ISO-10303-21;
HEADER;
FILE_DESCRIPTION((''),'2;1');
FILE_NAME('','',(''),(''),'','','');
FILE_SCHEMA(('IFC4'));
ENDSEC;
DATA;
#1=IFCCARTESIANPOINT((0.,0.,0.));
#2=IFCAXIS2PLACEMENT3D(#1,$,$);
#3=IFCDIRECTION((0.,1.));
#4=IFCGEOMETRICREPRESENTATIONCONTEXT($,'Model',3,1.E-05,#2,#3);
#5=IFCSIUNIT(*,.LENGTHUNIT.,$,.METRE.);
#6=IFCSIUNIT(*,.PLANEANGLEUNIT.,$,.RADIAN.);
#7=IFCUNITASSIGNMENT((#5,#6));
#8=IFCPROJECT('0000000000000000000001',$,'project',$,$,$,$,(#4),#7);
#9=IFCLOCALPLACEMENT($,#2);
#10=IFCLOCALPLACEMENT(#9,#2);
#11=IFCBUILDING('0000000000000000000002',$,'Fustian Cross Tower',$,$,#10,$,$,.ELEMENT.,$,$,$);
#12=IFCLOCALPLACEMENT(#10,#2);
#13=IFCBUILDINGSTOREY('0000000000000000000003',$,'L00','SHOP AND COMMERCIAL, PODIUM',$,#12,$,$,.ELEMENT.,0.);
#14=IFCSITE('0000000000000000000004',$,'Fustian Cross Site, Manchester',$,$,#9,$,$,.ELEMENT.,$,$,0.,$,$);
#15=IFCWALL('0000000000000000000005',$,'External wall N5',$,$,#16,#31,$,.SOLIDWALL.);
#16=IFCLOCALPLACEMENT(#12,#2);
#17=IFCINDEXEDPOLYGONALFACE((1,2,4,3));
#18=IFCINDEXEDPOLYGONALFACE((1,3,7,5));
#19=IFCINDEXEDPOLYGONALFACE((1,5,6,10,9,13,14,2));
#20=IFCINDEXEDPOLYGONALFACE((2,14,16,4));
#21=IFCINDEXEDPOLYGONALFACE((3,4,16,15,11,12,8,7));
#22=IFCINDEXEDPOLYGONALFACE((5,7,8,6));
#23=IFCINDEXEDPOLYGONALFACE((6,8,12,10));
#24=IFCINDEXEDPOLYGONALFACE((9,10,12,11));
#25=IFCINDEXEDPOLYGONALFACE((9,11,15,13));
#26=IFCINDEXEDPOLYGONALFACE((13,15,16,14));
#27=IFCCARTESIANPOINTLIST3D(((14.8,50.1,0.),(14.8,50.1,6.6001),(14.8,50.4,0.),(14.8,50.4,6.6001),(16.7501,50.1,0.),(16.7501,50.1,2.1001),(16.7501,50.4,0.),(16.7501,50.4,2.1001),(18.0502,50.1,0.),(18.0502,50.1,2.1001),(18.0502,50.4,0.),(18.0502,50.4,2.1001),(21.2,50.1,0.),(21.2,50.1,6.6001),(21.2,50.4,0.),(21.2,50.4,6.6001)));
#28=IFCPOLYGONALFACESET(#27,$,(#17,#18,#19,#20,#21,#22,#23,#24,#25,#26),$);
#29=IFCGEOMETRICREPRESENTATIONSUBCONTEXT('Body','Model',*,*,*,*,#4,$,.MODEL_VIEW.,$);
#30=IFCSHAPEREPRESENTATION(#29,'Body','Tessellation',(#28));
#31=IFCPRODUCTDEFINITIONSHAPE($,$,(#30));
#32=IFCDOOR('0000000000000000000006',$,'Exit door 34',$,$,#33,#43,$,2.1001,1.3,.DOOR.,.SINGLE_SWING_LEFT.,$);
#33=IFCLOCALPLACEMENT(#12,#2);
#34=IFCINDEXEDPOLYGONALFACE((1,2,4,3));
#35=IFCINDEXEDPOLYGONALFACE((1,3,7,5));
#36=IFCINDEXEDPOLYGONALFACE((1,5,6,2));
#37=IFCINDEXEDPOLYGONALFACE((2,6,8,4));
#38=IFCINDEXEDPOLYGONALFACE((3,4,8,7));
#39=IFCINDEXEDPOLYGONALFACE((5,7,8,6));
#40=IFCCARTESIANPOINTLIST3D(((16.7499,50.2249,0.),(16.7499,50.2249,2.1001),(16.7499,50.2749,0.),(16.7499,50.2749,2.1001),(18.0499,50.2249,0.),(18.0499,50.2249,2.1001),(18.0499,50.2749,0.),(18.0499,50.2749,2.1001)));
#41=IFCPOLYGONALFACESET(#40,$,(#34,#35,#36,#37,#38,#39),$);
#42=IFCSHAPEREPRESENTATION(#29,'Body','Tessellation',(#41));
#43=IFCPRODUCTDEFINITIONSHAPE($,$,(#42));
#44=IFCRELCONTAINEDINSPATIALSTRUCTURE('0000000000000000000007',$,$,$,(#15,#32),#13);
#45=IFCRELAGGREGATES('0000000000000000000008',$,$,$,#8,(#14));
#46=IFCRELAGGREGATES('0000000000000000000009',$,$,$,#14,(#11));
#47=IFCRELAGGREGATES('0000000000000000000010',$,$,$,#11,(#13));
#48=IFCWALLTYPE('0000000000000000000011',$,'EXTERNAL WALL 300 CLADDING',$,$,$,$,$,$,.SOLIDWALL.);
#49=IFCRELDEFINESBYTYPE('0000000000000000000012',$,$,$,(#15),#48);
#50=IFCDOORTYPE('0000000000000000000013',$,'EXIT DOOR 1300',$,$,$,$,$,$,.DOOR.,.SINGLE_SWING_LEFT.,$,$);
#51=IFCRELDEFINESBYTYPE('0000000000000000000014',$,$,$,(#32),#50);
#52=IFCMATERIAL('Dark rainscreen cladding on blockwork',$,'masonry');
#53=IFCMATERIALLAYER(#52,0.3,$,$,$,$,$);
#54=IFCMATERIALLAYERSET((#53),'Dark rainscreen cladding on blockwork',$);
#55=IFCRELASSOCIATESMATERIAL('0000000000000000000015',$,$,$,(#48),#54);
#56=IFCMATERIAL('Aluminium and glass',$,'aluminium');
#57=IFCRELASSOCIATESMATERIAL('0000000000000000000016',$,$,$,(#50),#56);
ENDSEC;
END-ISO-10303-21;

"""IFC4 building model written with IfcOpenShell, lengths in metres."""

from ifc_helpers import new_model, si_unit, direction, frame, frame_2d, origin, place, context, subcontext, project, spatial, rectangle, extrude, material, layer, layer_set, type_object, element, fill, save


model = new_model("IFC4")

# Units and contexts
model_context = context("Model", 3, precision=1e-05, world=origin(), true_north=direction((0.0, 1.0)))
body_context = subcontext(model_context, "Body", "Model", "MODEL_VIEW")
ifc_project = project(units=[si_unit("LENGTHUNIT", "METRE"), si_unit("PLANEANGLEUNIT", "RADIAN")], contexts=[model_context])

# Site, building, storey
site_placement = place(None, origin())
site = spatial("IfcSite", under=ifc_project, at=site_placement, Name="Fustian Cross Site, Manchester", CompositionType="ELEMENT", RefElevation=0.0)
building_placement = place(site_placement, origin())
building = spatial("IfcBuilding", under=site, at=building_placement, Name="Fustian Cross Tower", CompositionType="ELEMENT")
storey_placement = place(building_placement, origin())
storey = spatial("IfcBuildingStorey", under=building, at=storey_placement, Name="L00", Description="SHOP AND COMMERCIAL, PODIUM", CompositionType="ELEMENT", Elevation=0.0)

# Shared definitions
ifc_material_1 = material(Name="Dark rainscreen cladding on blockwork", Category="masonry")
ifc_layer_1 = layer(ifc_material_1, 0.3)
ifc_layer_set_1 = layer_set([ifc_layer_1], Name="Dark rainscreen cladding on blockwork")
wall_type = type_object("IfcWallType", Name="EXTERNAL WALL 300 CLADDING", PredefinedType="SOLIDWALL", material=ifc_layer_set_1)

# Wall, opening, door
wall_1_placement = place(storey_placement, frame((21.2, 50.25, 0.0), z_axis=(0.0, 0.0, 1.0), x_axis=(-1.0, 0.0, 0.0)))
wall_1 = element("IfcWall", 1, at=wall_1_placement, inside=storey, type_object=wall_type, Name="External wall N5", PredefinedType="SOLIDWALL", context=body_context, shape_type="SweptSolid", body=[
    extrude(rectangle(XDim=6.3999, YDim=0.3, at=frame_2d((3.2, 0.0))), origin(), (0.0, 0.0, 1.0), 6.6001),
])
opening_1_placement = place(wall_1_placement, frame((3.1499, 0.0, 0.0)))
opening_1 = element("IfcOpeningElement", 2, at=opening_1_placement, cuts=wall_1, PredefinedType="OPENING", context=body_context, shape_type="SweptSolid", body=[
    extrude(rectangle(XDim=1.3, YDim=2.1001, at=frame_2d((0.6499, 1.05))), frame((0.0, 0.1599, 0.0), z_axis=(0.0, -1.0, 0.0), x_axis=(1.0, 0.0, 0.0)), (0.0, 0.0, 1.0), 0.3201),
])
ifc_material_2 = material(Name="Aluminium and glass", Category="aluminium")
door_type_1 = type_object("IfcDoorType", Name="EXIT DOOR 1300", OperationType="SINGLE_SWING_LEFT", PredefinedType="DOOR", material=ifc_material_2)
door_1_placement = place(opening_1_placement, frame((1.3, 0.0, 0.0), z_axis=(0.0, 0.0, 1.0), x_axis=(-1.0, 0.0, 0.0)))
door_1 = element("IfcDoor", 3, at=door_1_placement, inside=storey, type_object=door_type_1, Name="Exit door 34", OperationType="SINGLE_SWING_LEFT", OverallHeight=2.1001, OverallWidth=1.3, PredefinedType="DOOR", context=body_context, shape_type="SweptSolid", body=[
    extrude(rectangle(XDim=1.3, YDim=2.1001, at=frame_2d((0.6499, 1.05))), frame((0.0, 0.0249, 0.0), z_axis=(0.0, -1.0, 0.0), x_axis=(1.0, 0.0, 0.0)), (0.0, 0.0, 1.0), 0.05),
])
fill(opening_1, door_1)

save(model, "model.ifc")
